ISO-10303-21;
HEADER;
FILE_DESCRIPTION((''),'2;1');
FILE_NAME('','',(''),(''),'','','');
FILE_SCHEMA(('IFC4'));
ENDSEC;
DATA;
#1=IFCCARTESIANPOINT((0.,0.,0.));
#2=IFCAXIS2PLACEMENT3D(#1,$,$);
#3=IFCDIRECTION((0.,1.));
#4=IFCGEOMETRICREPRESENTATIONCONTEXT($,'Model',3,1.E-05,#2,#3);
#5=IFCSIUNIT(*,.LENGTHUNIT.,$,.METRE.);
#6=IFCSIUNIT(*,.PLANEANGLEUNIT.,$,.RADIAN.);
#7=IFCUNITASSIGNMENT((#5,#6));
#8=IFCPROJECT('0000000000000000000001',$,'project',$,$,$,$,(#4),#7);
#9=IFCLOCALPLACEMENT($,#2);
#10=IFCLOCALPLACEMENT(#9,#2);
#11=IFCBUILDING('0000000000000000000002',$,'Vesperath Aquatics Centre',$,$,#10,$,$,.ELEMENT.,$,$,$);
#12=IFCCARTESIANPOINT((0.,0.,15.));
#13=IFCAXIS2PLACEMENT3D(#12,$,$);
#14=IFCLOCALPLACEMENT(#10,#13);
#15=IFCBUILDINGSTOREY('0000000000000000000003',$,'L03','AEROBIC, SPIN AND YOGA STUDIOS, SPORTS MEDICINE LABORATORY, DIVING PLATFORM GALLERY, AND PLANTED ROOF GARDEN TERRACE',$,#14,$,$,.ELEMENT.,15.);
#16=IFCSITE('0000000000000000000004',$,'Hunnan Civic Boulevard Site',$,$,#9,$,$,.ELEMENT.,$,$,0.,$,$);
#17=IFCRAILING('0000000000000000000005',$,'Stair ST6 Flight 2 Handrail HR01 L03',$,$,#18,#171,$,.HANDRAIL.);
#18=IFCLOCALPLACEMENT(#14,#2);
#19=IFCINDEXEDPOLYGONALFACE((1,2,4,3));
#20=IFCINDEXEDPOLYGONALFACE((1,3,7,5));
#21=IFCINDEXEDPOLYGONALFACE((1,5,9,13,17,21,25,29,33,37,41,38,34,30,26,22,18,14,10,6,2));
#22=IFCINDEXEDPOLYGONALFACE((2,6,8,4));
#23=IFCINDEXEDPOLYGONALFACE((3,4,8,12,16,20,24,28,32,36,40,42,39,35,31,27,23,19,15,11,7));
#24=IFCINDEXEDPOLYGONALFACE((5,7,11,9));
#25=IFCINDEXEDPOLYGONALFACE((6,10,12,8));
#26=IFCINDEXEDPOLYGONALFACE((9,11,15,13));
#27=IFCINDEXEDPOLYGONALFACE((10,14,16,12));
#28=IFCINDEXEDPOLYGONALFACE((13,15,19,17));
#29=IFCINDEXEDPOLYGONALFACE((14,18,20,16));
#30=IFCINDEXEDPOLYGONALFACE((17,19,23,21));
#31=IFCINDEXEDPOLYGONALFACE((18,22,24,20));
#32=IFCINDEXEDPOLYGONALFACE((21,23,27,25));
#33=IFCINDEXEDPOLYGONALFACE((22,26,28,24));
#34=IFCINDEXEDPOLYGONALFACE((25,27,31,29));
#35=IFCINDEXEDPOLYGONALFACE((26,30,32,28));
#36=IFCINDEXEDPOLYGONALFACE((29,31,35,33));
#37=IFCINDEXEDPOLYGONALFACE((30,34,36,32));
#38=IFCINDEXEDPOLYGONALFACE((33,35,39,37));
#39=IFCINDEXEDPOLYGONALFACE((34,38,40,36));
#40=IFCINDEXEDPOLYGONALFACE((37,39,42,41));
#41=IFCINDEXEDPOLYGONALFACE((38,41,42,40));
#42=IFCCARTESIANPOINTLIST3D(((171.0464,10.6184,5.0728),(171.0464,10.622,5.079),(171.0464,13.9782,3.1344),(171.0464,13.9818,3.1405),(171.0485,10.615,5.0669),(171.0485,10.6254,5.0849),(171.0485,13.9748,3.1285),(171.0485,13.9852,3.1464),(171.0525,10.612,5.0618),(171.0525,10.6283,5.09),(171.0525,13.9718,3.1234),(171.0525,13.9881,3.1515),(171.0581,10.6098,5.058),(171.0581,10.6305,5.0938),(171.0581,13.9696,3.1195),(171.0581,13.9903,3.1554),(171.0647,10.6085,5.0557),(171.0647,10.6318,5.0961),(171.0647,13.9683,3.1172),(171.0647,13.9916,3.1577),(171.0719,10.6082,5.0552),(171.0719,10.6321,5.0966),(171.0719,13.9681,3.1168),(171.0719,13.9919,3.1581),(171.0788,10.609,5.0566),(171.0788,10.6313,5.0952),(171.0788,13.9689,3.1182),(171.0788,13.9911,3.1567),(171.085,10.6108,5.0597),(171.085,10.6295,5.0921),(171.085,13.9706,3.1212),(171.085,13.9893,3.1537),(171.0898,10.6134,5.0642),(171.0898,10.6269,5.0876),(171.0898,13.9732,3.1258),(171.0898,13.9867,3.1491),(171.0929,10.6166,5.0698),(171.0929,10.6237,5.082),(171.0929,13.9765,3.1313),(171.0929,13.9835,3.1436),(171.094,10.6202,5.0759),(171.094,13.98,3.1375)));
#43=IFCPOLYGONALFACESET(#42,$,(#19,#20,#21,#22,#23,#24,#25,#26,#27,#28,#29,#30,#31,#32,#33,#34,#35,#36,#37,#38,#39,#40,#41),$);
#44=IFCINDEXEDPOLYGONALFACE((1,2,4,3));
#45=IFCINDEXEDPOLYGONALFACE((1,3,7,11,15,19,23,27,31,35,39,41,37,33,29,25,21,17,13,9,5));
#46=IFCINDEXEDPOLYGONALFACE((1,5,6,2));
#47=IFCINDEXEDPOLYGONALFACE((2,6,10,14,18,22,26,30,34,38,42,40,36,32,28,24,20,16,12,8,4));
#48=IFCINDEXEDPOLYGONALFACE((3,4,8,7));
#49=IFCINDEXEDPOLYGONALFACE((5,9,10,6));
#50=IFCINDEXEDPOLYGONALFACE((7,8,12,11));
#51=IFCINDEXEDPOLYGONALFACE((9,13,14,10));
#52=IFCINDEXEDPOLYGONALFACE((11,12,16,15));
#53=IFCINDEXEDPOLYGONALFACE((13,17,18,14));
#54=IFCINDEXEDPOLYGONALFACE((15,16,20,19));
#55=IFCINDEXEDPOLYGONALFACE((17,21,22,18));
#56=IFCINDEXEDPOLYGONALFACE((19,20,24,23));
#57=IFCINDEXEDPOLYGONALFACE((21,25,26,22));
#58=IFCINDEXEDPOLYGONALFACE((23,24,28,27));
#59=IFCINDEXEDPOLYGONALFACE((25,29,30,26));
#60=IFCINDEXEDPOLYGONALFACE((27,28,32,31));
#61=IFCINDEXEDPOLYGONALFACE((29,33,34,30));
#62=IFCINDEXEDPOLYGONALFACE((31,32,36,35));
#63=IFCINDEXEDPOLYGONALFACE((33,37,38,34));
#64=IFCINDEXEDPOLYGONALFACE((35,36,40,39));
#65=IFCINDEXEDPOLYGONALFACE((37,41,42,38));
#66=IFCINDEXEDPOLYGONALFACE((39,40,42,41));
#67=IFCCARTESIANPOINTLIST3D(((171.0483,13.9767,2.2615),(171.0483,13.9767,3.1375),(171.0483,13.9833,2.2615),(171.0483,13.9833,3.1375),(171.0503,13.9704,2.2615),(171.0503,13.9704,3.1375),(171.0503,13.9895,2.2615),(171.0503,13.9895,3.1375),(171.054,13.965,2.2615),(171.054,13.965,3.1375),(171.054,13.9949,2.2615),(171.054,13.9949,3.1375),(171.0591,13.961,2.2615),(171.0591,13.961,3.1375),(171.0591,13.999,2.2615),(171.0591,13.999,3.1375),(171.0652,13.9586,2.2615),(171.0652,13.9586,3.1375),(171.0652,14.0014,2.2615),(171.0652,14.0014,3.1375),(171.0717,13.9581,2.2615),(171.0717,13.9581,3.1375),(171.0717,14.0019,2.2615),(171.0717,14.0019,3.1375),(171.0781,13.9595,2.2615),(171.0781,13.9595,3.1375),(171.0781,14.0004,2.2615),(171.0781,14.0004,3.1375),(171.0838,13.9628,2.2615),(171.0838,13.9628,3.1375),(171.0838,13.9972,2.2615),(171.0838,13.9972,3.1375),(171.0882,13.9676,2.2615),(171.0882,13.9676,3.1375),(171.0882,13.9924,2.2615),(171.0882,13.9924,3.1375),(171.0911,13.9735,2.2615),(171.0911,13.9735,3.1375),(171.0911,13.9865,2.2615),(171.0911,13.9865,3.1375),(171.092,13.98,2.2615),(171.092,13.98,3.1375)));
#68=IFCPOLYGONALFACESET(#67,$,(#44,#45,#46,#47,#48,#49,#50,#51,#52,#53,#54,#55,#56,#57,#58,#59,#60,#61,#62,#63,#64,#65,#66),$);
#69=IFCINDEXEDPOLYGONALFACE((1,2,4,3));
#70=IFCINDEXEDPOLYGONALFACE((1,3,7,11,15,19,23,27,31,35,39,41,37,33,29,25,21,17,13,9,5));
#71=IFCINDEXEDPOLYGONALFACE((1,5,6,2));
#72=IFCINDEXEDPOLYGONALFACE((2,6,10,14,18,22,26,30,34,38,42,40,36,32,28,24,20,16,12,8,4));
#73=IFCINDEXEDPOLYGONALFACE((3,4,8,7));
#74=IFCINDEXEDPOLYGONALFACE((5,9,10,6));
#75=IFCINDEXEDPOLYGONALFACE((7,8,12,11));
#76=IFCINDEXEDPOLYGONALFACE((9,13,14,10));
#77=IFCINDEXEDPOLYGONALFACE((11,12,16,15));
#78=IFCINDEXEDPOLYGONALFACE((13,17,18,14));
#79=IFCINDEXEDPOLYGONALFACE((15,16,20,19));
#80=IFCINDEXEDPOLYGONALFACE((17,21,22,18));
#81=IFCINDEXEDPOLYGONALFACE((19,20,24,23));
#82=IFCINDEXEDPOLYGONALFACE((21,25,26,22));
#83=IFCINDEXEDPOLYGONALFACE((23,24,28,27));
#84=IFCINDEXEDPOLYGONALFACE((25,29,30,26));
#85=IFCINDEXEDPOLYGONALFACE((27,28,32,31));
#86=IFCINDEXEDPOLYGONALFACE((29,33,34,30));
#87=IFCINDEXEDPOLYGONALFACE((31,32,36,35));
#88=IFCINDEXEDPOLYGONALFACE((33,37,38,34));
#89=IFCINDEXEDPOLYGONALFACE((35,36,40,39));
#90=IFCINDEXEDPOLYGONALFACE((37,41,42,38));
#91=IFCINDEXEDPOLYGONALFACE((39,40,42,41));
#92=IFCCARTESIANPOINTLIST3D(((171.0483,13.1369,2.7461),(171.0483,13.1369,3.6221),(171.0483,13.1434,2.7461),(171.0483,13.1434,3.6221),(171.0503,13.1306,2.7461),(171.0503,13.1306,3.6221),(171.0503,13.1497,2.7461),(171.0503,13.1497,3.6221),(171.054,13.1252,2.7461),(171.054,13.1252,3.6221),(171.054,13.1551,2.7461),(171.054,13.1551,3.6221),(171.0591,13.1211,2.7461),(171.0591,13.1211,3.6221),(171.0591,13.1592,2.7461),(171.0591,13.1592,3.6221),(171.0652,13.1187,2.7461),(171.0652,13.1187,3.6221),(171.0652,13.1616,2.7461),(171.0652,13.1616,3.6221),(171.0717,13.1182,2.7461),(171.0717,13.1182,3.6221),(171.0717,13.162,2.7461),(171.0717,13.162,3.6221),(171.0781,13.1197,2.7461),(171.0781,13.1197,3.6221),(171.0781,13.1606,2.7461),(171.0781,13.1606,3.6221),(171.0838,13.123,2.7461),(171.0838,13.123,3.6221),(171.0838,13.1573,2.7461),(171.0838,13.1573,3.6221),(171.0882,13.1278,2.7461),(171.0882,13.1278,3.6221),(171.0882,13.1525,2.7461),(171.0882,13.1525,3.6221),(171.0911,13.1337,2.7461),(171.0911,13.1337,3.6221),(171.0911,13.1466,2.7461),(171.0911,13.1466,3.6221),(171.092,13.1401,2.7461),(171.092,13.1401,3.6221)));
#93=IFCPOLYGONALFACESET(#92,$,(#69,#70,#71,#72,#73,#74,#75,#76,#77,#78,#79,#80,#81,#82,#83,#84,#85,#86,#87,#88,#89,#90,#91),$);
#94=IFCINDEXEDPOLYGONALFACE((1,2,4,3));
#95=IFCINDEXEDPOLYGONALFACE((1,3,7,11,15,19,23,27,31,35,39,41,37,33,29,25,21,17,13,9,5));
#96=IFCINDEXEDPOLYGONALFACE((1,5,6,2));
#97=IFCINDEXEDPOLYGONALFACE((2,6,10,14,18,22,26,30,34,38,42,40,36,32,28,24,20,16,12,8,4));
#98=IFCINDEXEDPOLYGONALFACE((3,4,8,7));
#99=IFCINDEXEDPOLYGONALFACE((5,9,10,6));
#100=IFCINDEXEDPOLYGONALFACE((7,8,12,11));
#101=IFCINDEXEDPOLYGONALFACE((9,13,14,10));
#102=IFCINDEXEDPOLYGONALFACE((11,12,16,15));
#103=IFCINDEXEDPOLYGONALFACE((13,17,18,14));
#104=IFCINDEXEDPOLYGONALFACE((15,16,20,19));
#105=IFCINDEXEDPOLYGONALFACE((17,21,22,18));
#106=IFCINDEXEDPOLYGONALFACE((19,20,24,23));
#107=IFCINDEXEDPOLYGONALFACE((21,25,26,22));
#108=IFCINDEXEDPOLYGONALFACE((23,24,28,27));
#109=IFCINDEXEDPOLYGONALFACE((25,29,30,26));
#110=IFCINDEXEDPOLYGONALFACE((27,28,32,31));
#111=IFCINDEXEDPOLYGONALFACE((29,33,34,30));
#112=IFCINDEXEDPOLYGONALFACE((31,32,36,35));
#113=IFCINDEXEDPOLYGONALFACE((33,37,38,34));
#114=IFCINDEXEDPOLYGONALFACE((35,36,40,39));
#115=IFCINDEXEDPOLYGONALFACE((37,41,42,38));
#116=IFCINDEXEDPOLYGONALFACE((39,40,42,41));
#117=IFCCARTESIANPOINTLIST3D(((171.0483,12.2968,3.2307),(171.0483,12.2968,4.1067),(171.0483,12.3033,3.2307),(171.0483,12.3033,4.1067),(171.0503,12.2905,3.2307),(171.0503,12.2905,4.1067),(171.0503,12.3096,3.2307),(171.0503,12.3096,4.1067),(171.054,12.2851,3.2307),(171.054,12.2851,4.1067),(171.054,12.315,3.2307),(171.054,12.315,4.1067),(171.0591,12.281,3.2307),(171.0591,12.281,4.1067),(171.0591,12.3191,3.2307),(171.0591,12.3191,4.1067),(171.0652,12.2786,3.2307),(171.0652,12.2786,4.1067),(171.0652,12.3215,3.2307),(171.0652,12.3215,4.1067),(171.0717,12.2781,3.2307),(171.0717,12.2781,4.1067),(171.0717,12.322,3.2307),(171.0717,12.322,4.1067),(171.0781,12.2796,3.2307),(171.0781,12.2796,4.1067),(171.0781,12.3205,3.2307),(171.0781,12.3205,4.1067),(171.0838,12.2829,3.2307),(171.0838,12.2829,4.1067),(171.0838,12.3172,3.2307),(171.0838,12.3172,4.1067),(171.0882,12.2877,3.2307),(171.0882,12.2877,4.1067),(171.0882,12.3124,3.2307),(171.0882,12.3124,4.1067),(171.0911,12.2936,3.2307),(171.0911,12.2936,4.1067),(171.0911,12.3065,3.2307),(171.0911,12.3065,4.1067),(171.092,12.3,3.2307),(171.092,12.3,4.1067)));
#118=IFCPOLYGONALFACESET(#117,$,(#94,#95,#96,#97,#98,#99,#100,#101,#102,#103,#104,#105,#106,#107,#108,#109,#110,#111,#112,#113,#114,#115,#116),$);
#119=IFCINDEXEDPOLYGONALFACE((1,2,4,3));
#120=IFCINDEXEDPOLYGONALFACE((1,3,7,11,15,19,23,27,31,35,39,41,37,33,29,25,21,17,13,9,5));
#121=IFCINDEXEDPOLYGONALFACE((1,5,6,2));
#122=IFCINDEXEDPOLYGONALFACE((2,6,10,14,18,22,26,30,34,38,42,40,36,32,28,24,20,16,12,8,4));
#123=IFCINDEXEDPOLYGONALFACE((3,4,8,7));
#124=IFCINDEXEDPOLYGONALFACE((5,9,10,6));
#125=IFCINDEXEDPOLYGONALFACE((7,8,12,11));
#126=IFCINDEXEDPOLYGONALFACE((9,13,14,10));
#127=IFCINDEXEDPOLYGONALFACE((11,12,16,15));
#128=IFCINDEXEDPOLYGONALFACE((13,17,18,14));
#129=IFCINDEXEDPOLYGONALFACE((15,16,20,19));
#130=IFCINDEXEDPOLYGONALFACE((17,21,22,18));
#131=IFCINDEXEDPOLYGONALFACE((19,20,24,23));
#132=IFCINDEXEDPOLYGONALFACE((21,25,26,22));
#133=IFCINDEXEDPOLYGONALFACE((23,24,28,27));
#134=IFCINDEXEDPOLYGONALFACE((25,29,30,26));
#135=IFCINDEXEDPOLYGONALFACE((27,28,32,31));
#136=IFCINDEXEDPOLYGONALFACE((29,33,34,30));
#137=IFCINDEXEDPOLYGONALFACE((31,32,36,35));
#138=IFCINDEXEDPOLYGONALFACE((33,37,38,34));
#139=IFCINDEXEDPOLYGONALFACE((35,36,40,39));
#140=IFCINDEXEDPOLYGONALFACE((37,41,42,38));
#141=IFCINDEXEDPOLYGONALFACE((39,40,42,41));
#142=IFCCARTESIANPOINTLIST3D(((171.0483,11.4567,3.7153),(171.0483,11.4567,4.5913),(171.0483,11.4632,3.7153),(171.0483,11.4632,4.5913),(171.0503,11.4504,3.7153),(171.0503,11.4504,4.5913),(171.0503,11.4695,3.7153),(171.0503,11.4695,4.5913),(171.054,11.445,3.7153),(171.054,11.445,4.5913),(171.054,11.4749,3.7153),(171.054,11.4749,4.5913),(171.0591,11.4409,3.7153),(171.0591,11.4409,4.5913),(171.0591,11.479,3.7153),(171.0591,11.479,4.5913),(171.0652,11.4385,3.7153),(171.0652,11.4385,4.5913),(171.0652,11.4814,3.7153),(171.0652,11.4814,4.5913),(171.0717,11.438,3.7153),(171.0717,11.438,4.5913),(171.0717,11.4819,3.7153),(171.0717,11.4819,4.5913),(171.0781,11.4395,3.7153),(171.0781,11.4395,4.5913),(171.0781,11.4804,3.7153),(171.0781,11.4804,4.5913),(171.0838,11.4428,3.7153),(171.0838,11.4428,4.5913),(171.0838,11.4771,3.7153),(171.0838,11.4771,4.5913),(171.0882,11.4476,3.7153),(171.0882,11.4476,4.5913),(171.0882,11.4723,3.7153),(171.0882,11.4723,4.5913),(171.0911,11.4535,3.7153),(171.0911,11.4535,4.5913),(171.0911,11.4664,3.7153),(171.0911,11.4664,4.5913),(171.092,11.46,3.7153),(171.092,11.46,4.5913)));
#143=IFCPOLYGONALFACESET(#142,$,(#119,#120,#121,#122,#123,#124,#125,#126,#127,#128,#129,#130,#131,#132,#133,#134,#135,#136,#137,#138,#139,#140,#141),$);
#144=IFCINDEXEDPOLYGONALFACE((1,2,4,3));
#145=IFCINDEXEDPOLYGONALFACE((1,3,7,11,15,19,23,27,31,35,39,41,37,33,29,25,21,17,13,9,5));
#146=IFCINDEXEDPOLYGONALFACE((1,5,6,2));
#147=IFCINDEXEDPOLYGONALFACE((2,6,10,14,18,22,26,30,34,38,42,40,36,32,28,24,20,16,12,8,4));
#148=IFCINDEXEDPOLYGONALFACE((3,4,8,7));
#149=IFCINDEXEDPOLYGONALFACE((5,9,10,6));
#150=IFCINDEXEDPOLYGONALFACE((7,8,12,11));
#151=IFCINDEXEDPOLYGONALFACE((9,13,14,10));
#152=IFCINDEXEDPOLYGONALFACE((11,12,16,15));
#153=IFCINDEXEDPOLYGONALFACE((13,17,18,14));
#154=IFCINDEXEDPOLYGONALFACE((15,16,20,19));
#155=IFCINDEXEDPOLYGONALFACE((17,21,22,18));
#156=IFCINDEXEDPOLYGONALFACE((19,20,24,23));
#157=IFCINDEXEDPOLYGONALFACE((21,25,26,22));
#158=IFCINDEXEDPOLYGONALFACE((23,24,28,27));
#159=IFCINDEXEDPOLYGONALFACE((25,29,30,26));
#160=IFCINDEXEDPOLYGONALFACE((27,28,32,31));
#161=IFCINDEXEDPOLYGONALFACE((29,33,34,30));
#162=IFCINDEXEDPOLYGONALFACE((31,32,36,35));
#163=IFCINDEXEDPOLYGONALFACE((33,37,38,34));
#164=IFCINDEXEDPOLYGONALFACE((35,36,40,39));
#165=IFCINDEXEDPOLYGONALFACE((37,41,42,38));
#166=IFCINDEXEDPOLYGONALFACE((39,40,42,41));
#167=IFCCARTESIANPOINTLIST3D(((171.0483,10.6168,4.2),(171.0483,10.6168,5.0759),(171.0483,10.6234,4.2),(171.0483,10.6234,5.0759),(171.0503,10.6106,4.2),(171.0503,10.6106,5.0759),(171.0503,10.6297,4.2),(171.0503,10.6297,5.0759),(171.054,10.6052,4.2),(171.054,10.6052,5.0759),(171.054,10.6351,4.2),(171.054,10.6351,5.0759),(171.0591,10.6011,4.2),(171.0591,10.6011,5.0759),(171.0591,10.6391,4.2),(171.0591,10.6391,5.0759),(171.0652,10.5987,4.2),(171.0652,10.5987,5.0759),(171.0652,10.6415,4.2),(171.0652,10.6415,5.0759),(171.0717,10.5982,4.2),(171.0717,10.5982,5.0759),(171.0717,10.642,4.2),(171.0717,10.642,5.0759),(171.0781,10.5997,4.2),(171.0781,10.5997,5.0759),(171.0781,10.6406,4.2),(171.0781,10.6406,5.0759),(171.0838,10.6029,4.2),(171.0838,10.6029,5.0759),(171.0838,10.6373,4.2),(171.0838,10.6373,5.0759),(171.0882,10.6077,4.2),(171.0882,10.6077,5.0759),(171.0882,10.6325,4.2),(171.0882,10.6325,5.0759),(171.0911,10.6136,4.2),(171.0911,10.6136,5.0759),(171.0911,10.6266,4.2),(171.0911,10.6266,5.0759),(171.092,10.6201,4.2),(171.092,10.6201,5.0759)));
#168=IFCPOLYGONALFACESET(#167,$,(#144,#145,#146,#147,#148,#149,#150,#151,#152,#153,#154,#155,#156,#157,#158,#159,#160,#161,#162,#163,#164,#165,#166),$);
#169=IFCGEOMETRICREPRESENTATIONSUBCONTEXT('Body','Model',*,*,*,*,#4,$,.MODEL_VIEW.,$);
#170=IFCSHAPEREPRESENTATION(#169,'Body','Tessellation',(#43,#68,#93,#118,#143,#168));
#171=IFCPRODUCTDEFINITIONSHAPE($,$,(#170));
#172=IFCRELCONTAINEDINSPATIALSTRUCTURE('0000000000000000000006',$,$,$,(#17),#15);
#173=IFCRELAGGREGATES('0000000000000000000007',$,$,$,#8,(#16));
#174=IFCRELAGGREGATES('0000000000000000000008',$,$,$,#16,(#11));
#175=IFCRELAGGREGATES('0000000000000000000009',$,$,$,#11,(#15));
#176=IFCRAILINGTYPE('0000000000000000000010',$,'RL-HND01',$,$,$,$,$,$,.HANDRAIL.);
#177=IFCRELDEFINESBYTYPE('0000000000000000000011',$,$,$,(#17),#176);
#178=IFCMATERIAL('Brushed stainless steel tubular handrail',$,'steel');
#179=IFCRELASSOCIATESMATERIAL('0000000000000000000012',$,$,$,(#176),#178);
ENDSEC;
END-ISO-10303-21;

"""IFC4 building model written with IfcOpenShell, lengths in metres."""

from ifc_helpers import new_model, si_unit, direction, frame, origin, origin_2d, place, context, subcontext, project, spatial, circle, extrude, material, type_object, element, save


model = new_model("IFC4")

# Units and contexts
model_context = context("Model", 3, precision=1e-05, world=origin(), true_north=direction((0.0, 1.0)))
body_context = subcontext(model_context, "Body", "Model", "MODEL_VIEW")
ifc_project = project(units=[si_unit("LENGTHUNIT", "METRE"), si_unit("PLANEANGLEUNIT", "RADIAN")], contexts=[model_context])

# Site, building, storey
site_placement = place(None, origin())
site = spatial("IfcSite", under=ifc_project, at=site_placement, Name="Hunnan Civic Boulevard Site", CompositionType="ELEMENT", RefElevation=0.0)
building_placement = place(site_placement, origin())
building = spatial("IfcBuilding", under=site, at=building_placement, Name="Vesperath Aquatics Centre", CompositionType="ELEMENT")
storey_placement = place(building_placement, frame((0.0, 0.0, 15.0)))
storey = spatial("IfcBuildingStorey", under=building, at=storey_placement, Name="L03", Description="AEROBIC, SPIN AND YOGA STUDIOS, SPORTS MEDICINE LABORATORY, DIVING PLATFORM GALLERY, AND PLANTED ROOF GARDEN TERRACE", CompositionType="ELEMENT", Elevation=15.0)

# Railing
ifc_material_1 = material(Name="Brushed stainless steel tubular handrail", Category="steel")
railing_type_1 = type_object("IfcRailingType", Name="RL-HND01", PredefinedType="HANDRAIL", material=ifc_material_1)
railing_1_placement = place(storey_placement, frame((171.0701, 13.98, 2.2615)))
element("IfcRailing", 1, at=railing_1_placement, inside=storey, type_object=railing_type_1, Name="Stair ST6 Flight 2 Handrail HR01 L03", PredefinedType="HANDRAIL", context=body_context, shape_type="SweptSolid", body=[
    extrude(circle(Radius=0.0239, at=origin_2d()), frame((0.0, 0.0, 0.876), z_axis=(0.0, -0.866175, 0.499741), x_axis=(1.0, 0.0, 0.0)), (0.0, 0.0, 1.0), 3.8789),
    extrude(circle(Radius=0.022, at=origin_2d()), origin(), (0.0, 0.0, 1.0), 0.876),
    extrude(circle(Radius=0.022, at=origin_2d()), frame((0.0, -0.8398, 0.4846)), (0.0, 0.0, 1.0), 0.876),
    extrude(circle(Radius=0.022, at=origin_2d()), frame((0.0, -1.6799, 0.9692)), (0.0, 0.0, 1.0), 0.876),
    extrude(circle(Radius=0.022, at=origin_2d()), frame((0.0, -2.52, 1.4539)), (0.0, 0.0, 1.0), 0.876),
    extrude(circle(Radius=0.022, at=origin_2d()), frame((0.0, -3.3599, 1.9385)), (0.0, 0.0, 1.0), 0.876),
])

save(model, "model.ifc")
